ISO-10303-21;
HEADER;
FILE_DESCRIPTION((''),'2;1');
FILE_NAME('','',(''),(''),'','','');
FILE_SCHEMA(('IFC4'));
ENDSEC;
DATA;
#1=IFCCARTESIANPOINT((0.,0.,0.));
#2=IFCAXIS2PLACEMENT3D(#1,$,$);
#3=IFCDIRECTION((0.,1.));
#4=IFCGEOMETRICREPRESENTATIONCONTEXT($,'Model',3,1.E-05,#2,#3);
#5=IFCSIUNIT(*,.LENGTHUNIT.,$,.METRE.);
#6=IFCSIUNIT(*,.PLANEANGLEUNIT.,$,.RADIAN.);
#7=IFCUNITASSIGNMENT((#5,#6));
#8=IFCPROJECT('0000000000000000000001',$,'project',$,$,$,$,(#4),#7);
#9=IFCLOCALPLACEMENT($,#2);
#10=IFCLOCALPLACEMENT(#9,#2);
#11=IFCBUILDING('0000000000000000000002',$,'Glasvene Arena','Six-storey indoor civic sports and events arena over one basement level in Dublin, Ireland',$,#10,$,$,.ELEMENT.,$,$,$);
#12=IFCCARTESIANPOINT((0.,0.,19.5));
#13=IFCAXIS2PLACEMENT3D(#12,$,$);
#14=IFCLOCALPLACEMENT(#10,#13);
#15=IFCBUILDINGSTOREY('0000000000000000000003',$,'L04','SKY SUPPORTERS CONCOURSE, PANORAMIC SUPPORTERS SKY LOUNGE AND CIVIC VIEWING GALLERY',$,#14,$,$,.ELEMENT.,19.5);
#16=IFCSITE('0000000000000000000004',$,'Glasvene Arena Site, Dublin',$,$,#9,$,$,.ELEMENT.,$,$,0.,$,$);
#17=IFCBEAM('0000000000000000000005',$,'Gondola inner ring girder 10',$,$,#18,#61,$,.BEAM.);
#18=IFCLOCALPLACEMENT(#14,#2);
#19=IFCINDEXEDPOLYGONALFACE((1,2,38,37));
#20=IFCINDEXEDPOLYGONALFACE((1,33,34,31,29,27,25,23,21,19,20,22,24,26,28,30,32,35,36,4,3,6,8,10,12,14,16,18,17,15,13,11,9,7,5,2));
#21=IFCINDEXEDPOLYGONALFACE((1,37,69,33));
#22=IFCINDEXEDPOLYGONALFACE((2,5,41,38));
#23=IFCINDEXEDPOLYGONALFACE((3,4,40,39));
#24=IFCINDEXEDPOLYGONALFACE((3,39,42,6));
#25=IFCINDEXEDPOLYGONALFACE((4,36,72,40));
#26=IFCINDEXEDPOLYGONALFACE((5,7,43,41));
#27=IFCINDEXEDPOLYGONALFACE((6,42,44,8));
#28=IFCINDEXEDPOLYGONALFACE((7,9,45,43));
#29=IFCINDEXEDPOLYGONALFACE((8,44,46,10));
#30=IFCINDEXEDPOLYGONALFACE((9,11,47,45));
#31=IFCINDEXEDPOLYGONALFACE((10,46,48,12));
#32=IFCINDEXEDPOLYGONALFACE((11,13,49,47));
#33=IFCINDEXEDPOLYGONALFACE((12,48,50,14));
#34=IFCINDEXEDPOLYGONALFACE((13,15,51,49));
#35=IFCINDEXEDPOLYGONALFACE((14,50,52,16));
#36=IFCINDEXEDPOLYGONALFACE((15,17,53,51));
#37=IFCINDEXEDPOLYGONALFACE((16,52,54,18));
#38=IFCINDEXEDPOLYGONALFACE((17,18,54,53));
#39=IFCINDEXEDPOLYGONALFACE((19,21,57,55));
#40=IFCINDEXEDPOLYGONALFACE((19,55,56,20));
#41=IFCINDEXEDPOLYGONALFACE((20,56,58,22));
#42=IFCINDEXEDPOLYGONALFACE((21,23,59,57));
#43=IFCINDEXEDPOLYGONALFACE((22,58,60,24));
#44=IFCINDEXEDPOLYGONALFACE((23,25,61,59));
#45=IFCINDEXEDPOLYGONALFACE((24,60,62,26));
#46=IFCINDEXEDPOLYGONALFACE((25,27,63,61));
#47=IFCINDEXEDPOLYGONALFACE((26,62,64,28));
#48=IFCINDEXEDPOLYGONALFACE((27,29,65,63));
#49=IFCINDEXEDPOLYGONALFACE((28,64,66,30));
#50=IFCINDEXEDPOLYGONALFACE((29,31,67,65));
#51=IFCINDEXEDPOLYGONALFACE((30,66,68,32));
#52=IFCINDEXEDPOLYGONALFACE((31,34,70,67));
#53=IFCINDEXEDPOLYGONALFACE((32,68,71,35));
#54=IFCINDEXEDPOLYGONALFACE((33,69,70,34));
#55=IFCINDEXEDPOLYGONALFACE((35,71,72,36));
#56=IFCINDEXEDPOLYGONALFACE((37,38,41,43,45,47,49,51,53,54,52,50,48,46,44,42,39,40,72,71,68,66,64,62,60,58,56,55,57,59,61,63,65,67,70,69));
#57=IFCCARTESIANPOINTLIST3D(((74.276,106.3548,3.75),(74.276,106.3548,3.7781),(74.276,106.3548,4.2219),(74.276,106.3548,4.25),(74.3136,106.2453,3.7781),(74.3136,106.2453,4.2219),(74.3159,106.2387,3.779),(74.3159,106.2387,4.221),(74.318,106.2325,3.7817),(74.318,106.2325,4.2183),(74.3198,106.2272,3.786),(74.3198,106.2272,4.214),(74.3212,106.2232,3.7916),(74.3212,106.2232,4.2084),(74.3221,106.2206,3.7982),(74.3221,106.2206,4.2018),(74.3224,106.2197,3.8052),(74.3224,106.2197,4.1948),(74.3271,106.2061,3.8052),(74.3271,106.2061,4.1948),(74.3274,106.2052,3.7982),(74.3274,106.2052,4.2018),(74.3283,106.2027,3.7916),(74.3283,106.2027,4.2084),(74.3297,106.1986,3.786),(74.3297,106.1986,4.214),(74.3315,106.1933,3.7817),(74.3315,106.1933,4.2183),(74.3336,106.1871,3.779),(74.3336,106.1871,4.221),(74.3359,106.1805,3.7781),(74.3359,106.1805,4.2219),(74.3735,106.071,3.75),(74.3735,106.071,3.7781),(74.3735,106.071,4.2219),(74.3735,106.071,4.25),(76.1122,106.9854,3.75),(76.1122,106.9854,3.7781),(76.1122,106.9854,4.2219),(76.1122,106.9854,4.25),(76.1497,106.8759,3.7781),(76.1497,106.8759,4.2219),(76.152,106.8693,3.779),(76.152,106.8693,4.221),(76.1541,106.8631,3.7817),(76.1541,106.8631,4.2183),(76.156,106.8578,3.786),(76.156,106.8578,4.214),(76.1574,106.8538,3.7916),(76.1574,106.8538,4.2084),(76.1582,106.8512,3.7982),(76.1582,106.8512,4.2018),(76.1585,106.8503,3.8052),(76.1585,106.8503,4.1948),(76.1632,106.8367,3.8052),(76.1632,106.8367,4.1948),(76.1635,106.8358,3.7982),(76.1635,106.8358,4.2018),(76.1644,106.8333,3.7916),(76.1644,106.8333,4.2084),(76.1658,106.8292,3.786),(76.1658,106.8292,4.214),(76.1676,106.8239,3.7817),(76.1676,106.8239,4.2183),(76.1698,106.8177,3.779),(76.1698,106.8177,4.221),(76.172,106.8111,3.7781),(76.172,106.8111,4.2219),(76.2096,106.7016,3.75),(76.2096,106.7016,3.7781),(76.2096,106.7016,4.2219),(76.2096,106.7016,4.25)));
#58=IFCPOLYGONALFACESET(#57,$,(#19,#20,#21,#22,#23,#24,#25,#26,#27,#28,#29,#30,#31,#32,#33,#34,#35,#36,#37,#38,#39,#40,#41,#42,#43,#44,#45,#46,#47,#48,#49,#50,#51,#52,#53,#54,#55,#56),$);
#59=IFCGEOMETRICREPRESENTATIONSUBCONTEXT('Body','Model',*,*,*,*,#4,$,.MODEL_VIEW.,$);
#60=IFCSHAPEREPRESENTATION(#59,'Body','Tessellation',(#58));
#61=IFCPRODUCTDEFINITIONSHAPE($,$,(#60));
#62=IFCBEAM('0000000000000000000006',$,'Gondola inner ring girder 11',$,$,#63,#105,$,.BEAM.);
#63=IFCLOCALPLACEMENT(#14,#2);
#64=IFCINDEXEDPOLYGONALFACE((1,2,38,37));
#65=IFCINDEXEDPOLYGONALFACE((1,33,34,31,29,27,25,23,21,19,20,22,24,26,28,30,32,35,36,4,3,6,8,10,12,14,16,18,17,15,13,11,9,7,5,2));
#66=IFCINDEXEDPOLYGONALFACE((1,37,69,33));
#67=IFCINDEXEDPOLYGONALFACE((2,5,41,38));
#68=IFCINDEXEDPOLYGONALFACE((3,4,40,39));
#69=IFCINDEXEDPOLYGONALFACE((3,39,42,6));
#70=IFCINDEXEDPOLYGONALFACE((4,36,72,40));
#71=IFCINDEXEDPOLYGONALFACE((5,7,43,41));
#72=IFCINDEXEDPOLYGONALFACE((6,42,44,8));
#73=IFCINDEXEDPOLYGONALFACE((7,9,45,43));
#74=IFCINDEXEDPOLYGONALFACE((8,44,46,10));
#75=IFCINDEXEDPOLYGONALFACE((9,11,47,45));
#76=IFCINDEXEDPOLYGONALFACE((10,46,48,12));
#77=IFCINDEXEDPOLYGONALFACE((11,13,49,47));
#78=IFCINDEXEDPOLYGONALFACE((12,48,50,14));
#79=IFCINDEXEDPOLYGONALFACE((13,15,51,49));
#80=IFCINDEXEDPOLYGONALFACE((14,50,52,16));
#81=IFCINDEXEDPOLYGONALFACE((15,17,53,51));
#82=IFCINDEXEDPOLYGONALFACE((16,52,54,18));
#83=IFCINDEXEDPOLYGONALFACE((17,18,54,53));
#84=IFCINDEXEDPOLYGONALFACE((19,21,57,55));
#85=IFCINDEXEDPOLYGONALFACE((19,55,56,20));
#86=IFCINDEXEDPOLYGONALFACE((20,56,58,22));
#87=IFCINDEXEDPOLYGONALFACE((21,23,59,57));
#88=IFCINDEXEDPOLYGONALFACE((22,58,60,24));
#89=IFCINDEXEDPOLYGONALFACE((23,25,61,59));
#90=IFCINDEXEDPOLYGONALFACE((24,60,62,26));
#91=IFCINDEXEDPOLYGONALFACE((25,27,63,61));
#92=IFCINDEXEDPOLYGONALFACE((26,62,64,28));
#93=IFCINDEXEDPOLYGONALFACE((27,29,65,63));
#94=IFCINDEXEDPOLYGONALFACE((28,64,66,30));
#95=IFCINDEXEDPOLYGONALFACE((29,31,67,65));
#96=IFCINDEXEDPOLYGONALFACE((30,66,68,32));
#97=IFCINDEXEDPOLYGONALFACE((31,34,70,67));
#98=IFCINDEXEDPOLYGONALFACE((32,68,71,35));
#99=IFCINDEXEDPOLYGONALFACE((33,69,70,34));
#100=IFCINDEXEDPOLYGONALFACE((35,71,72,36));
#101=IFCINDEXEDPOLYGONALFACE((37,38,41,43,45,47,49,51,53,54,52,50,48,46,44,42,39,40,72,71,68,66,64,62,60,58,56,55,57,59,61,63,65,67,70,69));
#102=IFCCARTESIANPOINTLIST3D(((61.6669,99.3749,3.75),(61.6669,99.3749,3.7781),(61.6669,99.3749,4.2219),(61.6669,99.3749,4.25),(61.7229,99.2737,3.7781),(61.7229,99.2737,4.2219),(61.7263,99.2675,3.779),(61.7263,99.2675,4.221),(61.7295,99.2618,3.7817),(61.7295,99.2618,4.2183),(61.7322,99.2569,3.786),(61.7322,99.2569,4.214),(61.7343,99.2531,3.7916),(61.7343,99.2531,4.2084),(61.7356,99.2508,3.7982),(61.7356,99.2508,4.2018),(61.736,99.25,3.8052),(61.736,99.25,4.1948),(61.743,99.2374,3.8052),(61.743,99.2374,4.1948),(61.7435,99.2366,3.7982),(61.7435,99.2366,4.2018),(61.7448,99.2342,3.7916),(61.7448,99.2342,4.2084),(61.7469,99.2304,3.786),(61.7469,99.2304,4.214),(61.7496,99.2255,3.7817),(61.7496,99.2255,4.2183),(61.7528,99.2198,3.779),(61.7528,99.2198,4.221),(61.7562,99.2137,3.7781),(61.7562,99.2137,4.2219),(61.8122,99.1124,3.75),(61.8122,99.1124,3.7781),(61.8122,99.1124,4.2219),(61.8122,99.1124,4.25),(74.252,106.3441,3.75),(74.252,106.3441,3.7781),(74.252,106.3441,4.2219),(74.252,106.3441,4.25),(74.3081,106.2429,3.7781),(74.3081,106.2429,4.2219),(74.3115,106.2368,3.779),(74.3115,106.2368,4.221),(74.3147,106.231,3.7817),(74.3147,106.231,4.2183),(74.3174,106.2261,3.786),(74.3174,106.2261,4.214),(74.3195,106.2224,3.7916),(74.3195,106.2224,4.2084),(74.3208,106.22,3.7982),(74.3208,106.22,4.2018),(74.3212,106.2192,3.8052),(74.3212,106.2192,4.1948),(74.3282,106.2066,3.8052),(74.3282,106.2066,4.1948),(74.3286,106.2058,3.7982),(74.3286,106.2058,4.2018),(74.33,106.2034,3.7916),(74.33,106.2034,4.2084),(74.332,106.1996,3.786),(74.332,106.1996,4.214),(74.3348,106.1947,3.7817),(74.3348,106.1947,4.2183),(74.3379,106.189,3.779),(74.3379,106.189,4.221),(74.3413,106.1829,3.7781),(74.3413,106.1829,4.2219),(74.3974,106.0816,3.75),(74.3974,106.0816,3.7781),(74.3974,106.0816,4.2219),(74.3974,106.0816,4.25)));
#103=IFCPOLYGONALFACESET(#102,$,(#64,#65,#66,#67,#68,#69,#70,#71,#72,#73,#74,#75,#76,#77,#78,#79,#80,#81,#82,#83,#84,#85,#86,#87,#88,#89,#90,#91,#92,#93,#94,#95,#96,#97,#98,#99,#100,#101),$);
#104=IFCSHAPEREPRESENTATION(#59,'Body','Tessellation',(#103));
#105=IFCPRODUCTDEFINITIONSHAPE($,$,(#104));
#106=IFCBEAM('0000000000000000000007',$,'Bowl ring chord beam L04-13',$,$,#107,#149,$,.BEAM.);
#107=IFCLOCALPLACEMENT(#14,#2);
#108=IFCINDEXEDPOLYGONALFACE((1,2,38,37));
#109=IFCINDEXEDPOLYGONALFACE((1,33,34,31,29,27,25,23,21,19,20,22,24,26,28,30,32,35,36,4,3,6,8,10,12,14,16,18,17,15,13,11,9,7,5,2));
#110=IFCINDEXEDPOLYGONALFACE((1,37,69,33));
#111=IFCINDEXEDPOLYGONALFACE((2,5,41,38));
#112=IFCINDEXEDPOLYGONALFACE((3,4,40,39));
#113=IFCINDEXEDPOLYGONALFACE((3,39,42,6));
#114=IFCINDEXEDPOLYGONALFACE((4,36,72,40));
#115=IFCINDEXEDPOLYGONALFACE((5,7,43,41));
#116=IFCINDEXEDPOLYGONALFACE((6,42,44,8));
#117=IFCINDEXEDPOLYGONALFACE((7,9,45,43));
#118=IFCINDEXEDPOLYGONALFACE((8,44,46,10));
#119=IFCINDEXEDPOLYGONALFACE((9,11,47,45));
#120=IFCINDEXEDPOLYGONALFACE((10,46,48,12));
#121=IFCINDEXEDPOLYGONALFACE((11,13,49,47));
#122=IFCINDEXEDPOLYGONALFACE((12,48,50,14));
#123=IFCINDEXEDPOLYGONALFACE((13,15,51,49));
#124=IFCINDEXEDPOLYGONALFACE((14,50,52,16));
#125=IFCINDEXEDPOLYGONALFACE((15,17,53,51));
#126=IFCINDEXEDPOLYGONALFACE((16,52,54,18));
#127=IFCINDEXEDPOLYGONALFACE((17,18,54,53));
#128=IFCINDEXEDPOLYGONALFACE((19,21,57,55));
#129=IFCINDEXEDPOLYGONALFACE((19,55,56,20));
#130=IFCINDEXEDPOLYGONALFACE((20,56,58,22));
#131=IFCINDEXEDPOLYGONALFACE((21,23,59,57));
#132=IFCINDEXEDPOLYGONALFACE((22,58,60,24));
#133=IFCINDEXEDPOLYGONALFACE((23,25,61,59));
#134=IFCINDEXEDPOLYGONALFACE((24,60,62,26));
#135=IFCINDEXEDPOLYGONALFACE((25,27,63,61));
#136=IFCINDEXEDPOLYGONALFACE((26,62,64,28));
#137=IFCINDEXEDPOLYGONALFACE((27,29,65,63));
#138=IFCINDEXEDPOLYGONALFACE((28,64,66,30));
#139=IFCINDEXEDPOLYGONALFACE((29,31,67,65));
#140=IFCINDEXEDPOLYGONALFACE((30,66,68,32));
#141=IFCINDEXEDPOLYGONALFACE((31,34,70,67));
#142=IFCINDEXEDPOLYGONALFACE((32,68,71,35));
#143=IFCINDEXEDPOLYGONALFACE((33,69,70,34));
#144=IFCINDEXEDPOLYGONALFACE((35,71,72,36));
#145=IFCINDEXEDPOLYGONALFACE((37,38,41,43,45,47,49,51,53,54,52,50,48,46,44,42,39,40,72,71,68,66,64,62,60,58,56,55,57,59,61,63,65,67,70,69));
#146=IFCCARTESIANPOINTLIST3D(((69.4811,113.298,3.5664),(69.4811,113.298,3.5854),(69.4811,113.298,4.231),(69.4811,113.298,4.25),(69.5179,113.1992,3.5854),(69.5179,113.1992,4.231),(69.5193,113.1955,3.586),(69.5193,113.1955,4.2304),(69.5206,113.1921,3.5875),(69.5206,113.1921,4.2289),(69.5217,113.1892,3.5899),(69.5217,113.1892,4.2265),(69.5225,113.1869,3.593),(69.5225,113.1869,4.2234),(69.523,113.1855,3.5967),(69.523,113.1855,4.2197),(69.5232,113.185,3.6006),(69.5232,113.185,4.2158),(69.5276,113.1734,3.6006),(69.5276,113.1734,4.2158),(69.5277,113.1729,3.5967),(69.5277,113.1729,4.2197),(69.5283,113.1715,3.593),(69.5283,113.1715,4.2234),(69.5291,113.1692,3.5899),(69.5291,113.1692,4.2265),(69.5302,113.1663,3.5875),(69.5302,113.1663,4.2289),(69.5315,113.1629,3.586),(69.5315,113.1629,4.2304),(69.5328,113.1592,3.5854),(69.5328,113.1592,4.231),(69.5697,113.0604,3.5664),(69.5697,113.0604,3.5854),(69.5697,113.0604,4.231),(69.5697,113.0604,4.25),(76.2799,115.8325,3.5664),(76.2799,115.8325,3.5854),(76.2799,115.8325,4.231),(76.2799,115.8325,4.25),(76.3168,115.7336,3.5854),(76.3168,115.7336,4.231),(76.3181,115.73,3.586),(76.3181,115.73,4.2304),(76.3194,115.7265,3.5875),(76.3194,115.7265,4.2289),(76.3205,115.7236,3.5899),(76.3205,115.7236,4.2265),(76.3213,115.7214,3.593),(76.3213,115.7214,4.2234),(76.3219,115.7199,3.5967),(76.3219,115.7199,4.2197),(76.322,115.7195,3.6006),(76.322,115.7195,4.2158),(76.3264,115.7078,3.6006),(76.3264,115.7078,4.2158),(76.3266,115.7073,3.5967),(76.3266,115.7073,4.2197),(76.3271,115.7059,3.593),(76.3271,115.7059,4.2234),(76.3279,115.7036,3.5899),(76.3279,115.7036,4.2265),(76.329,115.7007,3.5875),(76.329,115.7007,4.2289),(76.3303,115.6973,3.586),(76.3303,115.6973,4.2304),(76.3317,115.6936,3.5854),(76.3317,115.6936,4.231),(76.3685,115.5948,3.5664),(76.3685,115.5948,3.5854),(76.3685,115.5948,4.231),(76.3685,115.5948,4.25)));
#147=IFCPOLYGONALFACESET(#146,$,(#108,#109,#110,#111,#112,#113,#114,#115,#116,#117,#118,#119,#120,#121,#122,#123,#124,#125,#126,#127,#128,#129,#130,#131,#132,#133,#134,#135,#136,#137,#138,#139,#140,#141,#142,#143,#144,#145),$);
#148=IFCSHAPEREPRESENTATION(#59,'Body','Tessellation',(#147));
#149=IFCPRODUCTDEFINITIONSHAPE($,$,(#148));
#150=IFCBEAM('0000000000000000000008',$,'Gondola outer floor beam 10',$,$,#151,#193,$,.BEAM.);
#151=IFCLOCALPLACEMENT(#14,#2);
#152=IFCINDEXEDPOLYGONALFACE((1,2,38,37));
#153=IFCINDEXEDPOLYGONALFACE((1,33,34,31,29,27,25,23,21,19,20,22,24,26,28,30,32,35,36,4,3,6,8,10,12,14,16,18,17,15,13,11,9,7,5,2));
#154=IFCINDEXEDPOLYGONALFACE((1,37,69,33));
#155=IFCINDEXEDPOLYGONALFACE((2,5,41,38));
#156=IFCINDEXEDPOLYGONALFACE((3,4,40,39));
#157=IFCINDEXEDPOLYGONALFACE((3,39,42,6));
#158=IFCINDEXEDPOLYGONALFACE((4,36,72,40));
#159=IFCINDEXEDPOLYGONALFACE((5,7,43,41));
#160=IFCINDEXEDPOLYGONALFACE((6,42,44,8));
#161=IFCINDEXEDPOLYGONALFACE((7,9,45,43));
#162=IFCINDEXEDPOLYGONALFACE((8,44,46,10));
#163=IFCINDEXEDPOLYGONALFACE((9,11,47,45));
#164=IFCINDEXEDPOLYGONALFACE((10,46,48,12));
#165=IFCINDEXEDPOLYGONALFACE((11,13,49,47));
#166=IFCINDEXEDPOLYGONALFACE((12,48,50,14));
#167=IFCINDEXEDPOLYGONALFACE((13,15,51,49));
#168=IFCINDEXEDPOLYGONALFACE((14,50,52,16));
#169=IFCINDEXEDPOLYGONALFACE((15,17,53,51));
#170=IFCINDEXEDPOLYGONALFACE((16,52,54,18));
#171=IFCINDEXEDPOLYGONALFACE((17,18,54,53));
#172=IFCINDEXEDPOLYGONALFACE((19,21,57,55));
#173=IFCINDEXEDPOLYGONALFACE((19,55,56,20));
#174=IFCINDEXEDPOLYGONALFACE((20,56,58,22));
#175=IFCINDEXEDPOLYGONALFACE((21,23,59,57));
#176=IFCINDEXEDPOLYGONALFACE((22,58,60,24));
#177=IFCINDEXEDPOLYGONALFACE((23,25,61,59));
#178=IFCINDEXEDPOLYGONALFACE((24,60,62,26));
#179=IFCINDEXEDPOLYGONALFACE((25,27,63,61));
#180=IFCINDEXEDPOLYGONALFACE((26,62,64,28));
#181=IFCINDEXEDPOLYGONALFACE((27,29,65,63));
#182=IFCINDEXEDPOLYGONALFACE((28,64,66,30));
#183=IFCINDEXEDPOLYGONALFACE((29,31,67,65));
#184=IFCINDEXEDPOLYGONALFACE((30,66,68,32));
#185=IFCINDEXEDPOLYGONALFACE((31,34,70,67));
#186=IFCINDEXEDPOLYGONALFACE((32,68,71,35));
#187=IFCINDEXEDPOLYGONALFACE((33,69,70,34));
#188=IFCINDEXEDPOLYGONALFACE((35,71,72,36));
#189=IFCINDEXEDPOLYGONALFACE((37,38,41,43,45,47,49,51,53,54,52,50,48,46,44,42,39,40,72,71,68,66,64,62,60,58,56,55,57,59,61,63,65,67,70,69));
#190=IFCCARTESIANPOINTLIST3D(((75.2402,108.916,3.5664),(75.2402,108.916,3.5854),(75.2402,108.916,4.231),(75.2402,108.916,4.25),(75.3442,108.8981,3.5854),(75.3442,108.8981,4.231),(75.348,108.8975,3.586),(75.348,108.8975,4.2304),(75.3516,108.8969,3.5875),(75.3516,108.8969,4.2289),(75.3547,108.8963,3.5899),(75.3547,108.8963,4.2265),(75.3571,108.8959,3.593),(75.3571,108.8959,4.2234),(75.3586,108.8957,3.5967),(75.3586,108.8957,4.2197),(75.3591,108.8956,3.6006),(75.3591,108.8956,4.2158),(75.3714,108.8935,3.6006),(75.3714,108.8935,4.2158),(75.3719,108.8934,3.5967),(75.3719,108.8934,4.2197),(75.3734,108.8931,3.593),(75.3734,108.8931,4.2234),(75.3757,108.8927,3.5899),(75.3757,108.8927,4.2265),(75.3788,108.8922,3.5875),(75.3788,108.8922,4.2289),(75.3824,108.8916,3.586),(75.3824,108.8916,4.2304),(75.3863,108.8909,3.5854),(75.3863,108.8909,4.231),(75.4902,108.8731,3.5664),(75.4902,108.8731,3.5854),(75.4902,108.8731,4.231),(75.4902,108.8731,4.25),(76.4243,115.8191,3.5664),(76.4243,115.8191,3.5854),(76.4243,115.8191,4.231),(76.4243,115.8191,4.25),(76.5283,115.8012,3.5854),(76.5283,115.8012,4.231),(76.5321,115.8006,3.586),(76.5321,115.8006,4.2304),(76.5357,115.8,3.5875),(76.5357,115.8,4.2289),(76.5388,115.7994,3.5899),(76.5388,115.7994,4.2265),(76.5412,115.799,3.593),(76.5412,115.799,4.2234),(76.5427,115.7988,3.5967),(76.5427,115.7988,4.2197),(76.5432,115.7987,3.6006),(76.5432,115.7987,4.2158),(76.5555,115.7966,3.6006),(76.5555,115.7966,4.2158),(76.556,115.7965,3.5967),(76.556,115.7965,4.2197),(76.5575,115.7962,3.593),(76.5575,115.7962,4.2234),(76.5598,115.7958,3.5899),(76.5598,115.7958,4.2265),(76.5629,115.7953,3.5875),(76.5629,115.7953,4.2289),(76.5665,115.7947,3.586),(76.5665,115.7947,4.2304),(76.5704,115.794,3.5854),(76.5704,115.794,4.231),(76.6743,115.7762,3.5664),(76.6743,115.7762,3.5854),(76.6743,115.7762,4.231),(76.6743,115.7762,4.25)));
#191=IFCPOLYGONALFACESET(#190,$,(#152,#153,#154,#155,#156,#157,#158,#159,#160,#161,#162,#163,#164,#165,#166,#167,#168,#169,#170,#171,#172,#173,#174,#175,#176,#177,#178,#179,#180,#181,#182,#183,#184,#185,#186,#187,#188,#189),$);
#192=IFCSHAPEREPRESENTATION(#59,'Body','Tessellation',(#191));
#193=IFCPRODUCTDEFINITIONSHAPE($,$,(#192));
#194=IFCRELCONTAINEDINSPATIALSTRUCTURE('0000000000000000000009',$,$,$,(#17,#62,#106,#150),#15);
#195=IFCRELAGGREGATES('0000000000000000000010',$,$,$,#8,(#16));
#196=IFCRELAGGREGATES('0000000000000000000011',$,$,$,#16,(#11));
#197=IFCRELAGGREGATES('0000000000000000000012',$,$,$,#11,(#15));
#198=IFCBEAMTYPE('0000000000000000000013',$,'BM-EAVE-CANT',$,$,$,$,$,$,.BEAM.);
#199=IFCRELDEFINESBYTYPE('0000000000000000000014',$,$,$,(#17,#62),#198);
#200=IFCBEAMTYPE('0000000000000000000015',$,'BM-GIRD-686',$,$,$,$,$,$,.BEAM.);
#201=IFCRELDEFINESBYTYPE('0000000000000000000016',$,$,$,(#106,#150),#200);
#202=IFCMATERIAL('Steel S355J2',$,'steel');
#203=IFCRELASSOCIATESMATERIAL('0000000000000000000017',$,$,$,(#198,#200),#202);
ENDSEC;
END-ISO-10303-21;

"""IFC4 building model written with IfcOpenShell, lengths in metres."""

from ifc_helpers import new_model, si_unit, direction, frame, origin, origin_2d, place, context, subcontext, project, spatial, i_section, extrude, material, material_profile, profile_set, type_object, element, save


model = new_model("IFC4")

# Units and contexts
model_context = context("Model", 3, precision=1e-05, world=origin(), true_north=direction((0.0, 1.0)))
body_context = subcontext(model_context, "Body", "Model", "MODEL_VIEW")
ifc_project = project(units=[si_unit("LENGTHUNIT", "METRE"), si_unit("PLANEANGLEUNIT", "RADIAN")], contexts=[model_context])

# Site, building, storey
site_placement = place(None, origin())
site = spatial("IfcSite", under=ifc_project, at=site_placement, Name="Glasvene Arena Site, Dublin", CompositionType="ELEMENT", RefElevation=0.0)
building_placement = place(site_placement, origin())
building = spatial("IfcBuilding", under=site, at=building_placement, Name="Glasvene Arena", Description="Six-storey indoor civic sports and events arena over one basement level in Dublin, Ireland", CompositionType="ELEMENT")
storey_placement = place(building_placement, frame((0.0, 0.0, 19.5)))
storey = spatial("IfcBuildingStorey", under=building, at=storey_placement, Name="L04", Description="SKY SUPPORTERS CONCOURSE, PANORAMIC SUPPORTERS SKY LOUNGE AND CIVIC VIEWING GALLERY", CompositionType="ELEMENT", Elevation=19.5)

# Shared definitions
ifc_material_1 = material(Name="Steel S355J2", Category="steel")

# Beams
ifc_material_profile_1 = material_profile(ifc_material_1, i_section(OverallWidth=0.3, OverallDepth=0.5, WebThickness=0.0144, FlangeThickness=0.0281, FilletRadius=0.0271, at=origin_2d()), Name="HEB 500")
ifc_profile_set_1 = profile_set([ifc_material_profile_1], Name="Steel S355J2")
beam_type_1 = type_object("IfcBeamType", Name="BM-EAVE-CANT", PredefinedType="BEAM", material=ifc_profile_set_1)
beam_1_placement = place(storey_placement, frame((76.1609, 106.8435, 4.0), z_axis=(-0.945777, -0.324816, 0.0), x_axis=(0.324816, -0.945777, 0.0)))
element("IfcBeam", 1, at=beam_1_placement, inside=storey, type_object=beam_type_1, Name="Gondola inner ring girder 10", PredefinedType="BEAM", context=body_context, shape_type="SweptSolid", body=[
    extrude(i_section(OverallWidth=0.3, OverallDepth=0.5, WebThickness=0.0144, FlangeThickness=0.0281, FilletRadius=0.0271, at=origin_2d()), origin(), (0.0, 0.0, 1.0), 1.9414),
])
beam_2_placement = place(storey_placement, frame((74.3247, 106.2129, 4.0), z_axis=(-0.874822, -0.484445, 0.0), x_axis=(0.484445, -0.874822, 0.0)))
element("IfcBeam", 2, at=beam_2_placement, inside=storey, type_object=beam_type_1, Name="Gondola inner ring girder 11", PredefinedType="BEAM", context=body_context, shape_type="SweptSolid", body=[
    extrude(i_section(OverallWidth=0.3, OverallDepth=0.5, WebThickness=0.0144, FlangeThickness=0.0281, FilletRadius=0.0271, at=origin_2d()), origin(), (0.0, 0.0, 1.0), 14.386),
])
ifc_material_profile_2 = material_profile(ifc_material_1, i_section(OverallWidth=0.2537, OverallDepth=0.6836, WebThickness=0.0125, FlangeThickness=0.019, FilletRadius=0.0151, at=origin_2d()), Name="UKB 686x254x140")
ifc_profile_set_2 = profile_set([ifc_material_profile_2], Name="Steel S355J2")
beam_type_2 = type_object("IfcBeamType", Name="BM-GIRD-686", PredefinedType="BEAM", material=ifc_profile_set_2)
beam_3_placement = place(storey_placement, frame((76.3242, 115.7136, 3.9082), z_axis=(-0.937013, -0.349294, 0.0), x_axis=(0.349294, -0.937013, 0.0)))
element("IfcBeam", 3, at=beam_3_placement, inside=storey, type_object=beam_type_2, Name="Bowl ring chord beam L04-13", PredefinedType="BEAM", context=body_context, shape_type="SweptSolid", body=[
    extrude(i_section(OverallWidth=0.2537, OverallDepth=0.6836, WebThickness=0.0125, FlangeThickness=0.019, FilletRadius=0.0151, at=origin_2d()), origin(), (0.0, 0.0, 1.0), 7.2559),
])
beam_4_placement = place(storey_placement, frame((75.3652, 108.8945, 3.9082), z_axis=(0.169061, 0.985606, 0.0), x_axis=(-0.985606, 0.169061, 0.0)))
element("IfcBeam", 4, at=beam_4_placement, inside=storey, type_object=beam_type_2, Name="Gondola outer floor beam 10", PredefinedType="BEAM", context=body_context, shape_type="SweptSolid", body=[
    extrude(i_section(OverallWidth=0.2537, OverallDepth=0.6836, WebThickness=0.0125, FlangeThickness=0.019, FilletRadius=0.0151, at=origin_2d()), origin(), (0.0, 0.0, 1.0), 7.0039),
])

save(model, "model.ifc")
